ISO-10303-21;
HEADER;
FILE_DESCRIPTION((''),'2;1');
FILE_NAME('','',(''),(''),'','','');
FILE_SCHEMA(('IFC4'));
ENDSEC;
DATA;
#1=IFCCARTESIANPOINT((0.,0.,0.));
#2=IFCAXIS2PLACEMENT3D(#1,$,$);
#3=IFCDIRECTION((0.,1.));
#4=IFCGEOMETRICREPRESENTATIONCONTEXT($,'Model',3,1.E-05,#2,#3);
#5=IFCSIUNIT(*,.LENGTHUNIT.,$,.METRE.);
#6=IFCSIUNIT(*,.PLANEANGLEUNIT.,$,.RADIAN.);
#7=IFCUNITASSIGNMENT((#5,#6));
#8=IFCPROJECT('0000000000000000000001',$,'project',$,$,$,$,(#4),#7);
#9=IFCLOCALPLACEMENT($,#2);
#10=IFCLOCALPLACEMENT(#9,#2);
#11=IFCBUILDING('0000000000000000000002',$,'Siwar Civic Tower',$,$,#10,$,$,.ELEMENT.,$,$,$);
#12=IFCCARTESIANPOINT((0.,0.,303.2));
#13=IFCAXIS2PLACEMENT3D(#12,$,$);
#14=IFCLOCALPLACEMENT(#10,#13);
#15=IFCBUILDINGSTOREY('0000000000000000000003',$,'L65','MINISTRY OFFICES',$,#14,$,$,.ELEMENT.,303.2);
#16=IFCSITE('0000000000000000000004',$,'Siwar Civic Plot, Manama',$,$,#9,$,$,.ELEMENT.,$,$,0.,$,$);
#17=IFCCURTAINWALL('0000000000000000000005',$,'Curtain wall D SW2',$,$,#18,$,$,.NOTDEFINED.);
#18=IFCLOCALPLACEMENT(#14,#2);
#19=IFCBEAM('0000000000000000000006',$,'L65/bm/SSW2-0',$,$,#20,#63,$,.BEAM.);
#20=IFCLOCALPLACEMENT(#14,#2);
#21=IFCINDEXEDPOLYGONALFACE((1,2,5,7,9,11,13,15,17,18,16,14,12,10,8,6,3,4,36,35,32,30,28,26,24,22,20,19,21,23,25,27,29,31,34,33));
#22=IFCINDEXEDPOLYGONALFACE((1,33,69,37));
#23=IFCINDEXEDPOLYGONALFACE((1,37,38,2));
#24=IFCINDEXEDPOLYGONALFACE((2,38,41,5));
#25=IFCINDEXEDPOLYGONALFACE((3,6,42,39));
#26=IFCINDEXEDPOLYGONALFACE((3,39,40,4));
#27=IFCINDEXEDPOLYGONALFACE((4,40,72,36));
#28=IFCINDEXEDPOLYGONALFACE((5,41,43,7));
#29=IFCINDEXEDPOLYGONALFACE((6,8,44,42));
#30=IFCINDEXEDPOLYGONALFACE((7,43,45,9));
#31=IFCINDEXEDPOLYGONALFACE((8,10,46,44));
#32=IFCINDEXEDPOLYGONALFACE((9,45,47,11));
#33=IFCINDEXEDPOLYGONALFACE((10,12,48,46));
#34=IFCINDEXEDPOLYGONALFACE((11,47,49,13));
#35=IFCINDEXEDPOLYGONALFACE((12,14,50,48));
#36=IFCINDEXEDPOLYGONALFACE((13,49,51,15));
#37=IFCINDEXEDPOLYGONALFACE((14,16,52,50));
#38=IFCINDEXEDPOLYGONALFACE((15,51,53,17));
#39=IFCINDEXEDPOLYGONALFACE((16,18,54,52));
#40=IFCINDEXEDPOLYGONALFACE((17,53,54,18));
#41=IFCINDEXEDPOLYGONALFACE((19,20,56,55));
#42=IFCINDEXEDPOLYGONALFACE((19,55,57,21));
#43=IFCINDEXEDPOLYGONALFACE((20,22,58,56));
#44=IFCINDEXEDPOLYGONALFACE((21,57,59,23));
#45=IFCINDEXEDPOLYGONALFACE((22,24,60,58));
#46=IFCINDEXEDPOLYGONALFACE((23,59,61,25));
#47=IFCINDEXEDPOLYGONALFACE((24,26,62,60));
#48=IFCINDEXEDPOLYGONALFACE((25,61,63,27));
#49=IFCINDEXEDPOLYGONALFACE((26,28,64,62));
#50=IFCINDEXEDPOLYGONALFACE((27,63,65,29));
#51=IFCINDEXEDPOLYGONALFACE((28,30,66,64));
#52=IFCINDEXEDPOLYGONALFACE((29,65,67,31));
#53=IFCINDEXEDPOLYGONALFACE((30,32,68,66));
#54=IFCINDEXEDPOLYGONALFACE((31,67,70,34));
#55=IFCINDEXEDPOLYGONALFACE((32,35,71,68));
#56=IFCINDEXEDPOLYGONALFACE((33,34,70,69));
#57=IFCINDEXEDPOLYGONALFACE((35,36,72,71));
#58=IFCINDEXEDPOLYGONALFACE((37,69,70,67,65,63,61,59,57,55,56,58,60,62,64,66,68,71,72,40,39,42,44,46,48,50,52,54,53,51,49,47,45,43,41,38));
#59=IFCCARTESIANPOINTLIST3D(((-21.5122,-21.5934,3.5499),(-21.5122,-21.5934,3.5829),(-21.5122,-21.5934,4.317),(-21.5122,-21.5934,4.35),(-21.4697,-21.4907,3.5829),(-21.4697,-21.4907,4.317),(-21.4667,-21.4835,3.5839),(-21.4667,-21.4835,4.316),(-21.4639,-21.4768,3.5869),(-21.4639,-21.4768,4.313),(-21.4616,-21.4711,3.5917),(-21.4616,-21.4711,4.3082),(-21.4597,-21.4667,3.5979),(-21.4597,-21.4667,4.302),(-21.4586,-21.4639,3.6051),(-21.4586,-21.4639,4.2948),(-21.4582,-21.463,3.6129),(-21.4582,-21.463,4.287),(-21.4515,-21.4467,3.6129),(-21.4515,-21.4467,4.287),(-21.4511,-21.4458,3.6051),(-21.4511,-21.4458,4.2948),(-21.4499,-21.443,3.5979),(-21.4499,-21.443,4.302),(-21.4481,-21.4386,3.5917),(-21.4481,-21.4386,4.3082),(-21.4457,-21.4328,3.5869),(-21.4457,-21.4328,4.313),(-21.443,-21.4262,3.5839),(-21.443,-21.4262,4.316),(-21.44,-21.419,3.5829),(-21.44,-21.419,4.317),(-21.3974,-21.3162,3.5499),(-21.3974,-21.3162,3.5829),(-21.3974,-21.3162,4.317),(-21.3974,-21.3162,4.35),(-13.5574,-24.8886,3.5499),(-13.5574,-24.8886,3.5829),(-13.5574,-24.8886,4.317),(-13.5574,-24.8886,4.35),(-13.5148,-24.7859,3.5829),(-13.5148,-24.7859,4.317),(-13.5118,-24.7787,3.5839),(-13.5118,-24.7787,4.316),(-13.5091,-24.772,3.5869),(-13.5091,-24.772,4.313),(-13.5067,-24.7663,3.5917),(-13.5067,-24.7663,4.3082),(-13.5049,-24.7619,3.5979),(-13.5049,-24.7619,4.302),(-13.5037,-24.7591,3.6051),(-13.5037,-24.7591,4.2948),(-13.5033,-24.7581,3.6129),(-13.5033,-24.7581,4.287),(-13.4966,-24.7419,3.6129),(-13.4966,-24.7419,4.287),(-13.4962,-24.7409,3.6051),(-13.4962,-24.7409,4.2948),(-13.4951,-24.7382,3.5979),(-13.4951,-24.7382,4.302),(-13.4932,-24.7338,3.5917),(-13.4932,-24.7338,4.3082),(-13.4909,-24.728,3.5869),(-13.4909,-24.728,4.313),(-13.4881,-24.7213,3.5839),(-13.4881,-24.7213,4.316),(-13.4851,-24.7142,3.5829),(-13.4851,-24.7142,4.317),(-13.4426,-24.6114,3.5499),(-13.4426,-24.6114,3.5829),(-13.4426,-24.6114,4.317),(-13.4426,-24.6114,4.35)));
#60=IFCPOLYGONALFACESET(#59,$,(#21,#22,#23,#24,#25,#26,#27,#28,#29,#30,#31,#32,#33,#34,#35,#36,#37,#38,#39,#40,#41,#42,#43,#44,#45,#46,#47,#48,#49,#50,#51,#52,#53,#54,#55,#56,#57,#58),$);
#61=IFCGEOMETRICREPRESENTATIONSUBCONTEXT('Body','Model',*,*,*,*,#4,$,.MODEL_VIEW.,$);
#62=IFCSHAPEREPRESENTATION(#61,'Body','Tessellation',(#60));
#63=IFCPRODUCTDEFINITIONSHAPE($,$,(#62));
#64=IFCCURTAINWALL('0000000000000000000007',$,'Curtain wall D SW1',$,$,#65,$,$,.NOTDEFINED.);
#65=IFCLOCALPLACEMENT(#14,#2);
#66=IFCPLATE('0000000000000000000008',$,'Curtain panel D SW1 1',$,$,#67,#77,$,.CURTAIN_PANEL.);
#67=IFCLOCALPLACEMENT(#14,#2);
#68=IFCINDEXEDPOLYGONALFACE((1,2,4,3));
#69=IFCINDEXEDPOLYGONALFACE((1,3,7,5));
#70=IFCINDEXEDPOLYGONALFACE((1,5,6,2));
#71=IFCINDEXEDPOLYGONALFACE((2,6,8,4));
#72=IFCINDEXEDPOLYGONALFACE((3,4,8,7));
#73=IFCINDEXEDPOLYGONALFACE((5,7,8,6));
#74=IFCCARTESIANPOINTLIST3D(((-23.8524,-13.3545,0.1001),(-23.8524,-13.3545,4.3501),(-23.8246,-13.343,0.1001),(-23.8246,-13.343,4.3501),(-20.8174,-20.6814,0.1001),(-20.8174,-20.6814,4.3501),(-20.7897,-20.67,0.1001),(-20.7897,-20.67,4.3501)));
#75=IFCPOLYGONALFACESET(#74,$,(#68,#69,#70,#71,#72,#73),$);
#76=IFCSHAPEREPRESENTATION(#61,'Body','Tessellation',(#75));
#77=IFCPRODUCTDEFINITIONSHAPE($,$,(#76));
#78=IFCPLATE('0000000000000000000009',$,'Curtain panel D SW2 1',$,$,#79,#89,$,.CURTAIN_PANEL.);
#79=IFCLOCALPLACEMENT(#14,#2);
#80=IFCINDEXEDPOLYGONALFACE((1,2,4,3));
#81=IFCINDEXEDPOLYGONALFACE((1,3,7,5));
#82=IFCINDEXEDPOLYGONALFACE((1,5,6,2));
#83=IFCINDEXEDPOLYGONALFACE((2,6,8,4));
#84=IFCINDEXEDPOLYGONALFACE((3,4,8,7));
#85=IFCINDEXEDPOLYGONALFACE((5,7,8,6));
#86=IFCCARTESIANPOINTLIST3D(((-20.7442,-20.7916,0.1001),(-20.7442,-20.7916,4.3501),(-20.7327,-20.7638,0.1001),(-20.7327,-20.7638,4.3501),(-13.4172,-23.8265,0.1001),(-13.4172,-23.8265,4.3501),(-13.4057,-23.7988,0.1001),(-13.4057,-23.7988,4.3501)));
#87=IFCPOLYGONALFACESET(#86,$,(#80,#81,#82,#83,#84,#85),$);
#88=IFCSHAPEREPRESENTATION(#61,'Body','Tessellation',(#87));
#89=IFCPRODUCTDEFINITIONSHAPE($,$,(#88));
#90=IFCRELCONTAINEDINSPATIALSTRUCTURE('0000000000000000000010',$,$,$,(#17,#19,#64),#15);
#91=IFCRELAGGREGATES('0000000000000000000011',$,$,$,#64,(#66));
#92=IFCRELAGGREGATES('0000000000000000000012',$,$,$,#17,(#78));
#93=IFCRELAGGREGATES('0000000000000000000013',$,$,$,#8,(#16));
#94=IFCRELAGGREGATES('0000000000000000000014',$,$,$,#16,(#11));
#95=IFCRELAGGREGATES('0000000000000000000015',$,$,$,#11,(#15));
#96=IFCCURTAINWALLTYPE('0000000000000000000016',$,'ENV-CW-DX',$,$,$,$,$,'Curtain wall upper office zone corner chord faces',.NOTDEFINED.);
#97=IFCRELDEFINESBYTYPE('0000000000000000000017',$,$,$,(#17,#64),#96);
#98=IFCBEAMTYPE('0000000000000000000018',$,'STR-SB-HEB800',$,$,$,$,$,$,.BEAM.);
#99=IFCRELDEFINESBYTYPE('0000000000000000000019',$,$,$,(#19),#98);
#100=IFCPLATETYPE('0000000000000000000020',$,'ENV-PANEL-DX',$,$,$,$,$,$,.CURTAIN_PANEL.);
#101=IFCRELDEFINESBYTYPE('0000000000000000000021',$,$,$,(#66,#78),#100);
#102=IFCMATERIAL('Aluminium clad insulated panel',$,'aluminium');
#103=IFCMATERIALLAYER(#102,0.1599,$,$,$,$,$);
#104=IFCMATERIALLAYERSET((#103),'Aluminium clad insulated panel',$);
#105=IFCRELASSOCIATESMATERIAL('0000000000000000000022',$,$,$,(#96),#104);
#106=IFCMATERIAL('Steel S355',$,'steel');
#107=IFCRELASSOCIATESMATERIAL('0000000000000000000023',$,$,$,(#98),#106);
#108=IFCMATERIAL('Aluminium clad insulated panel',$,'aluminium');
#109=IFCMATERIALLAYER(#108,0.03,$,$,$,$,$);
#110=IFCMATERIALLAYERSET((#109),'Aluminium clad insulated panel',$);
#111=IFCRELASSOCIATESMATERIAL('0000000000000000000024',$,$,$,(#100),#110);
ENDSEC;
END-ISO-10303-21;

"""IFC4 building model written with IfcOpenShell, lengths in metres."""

from ifc_helpers import new_model, si_unit, direction, frame, origin, origin_2d, place, context, subcontext, project, spatial, rectangle, i_section, extrude, material, layer, layer_set, material_profile, profile_set, type_object, element, aggregate, save


model = new_model("IFC4")

# Units and contexts
model_context = context("Model", 3, precision=1e-05, world=origin(), true_north=direction((0.0, 1.0)))
body_context = subcontext(model_context, "Body", "Model", "MODEL_VIEW")
ifc_project = project(units=[si_unit("LENGTHUNIT", "METRE"), si_unit("PLANEANGLEUNIT", "RADIAN")], contexts=[model_context])

# Site, building, storey
site_placement = place(None, origin())
site = spatial("IfcSite", under=ifc_project, at=site_placement, Name="Siwar Civic Plot, Manama", CompositionType="ELEMENT", RefElevation=0.0)
building_placement = place(site_placement, origin())
building = spatial("IfcBuilding", under=site, at=building_placement, Name="Siwar Civic Tower", CompositionType="ELEMENT")
storey_placement = place(building_placement, frame((0.0, 0.0, 303.2)))
storey = spatial("IfcBuildingStorey", under=building, at=storey_placement, Name="L65", Description="MINISTRY OFFICES", CompositionType="ELEMENT", Elevation=303.2)

# Curtain wall
ifc_material_1 = material(Name="Aluminium clad insulated panel", Category="aluminium")
ifc_layer_1 = layer(ifc_material_1, 0.1599)
ifc_layer_set_1 = layer_set([ifc_layer_1], Name="Aluminium clad insulated panel")
curtain_wall_type = type_object("IfcCurtainWallType", Name="ENV-CW-DX", ElementType="Curtain wall upper office zone corner chord faces", PredefinedType="NOTDEFINED", material=ifc_layer_set_1)
curtain_wall_1_placement = place(storey_placement, origin())
curtain_wall_1 = element("IfcCurtainWall", 1, at=curtain_wall_1_placement, inside=storey, type_object=curtain_wall_type, Name="Curtain wall D SW2", PredefinedType="NOTDEFINED")

# Beam
ifc_material_2 = material(Name="Steel S355", Category="steel")
ifc_material_profile_1 = material_profile(ifc_material_2, i_section(OverallWidth=0.3, OverallDepth=0.8, WebThickness=0.0176, FlangeThickness=0.033, FilletRadius=0.03, at=origin_2d()), Name="HEB800")
ifc_profile_set_1 = profile_set([ifc_material_profile_1], Name="Steel S355")
beam_type_1 = type_object("IfcBeamType", Name="STR-SB-HEB800", PredefinedType="BEAM", material=ifc_profile_set_1)
beam_1_placement = place(storey_placement, frame((-21.4548, -21.4548, 3.95), z_axis=(0.923873, -0.3827, 0.0), x_axis=(0.3827, 0.923873, 0.0)))
element("IfcBeam", 2, at=beam_1_placement, inside=storey, type_object=beam_type_1, Name="L65/bm/SSW2-0", PredefinedType="BEAM", context=body_context, shape_type="SweptSolid", body=[
    extrude(i_section(OverallWidth=0.3, OverallDepth=0.8, WebThickness=0.0176, FlangeThickness=0.033, FilletRadius=0.03, at=origin_2d()), origin(), (0.0, 0.0, 1.0), 8.6104),
])

# Curtain wall, plate
curtain_wall_2_placement = place(storey_placement, origin())
curtain_wall_2 = element("IfcCurtainWall", 3, at=curtain_wall_2_placement, inside=storey, type_object=curtain_wall_type, Name="Curtain wall D SW1", PredefinedType="NOTDEFINED")
ifc_material_3 = material(Name="Aluminium clad insulated panel", Category="aluminium")
ifc_layer_2 = layer(ifc_material_3, 0.03)
ifc_layer_set_2 = layer_set([ifc_layer_2], Name="Aluminium clad insulated panel")
plate_type = type_object("IfcPlateType", Name="ENV-PANEL-DX", PredefinedType="CURTAIN_PANEL", material=ifc_layer_set_2)
plate_1_placement = place(storey_placement, frame((-22.321, -17.0122, 0.1001), z_axis=(0.0, 0.0, 1.0), x_axis=(0.382683, -0.92388, 0.0)))
plate_1 = element("IfcPlate", 4, at=plate_1_placement, type_object=plate_type, Name="Curtain panel D SW1 1", PredefinedType="CURTAIN_PANEL", context=body_context, shape_type="SweptSolid", body=[
    extrude(rectangle(XDim=7.9307, YDim=0.03, at=origin_2d()), origin(), (0.0, 0.0, 1.0), 4.25),
])
aggregate(curtain_wall_2, [plate_1])

# Plate
plate_2_placement = place(storey_placement, frame((-17.075, -22.2952, 0.1001), z_axis=(0.0, 0.0, 1.0), x_axis=(0.92388, -0.382683, 0.0)))
plate_2 = element("IfcPlate", 5, at=plate_2_placement, type_object=plate_type, Name="Curtain panel D SW2 1", PredefinedType="CURTAIN_PANEL", context=body_context, shape_type="SweptSolid", body=[
    extrude(rectangle(XDim=7.9307, YDim=0.03, at=origin_2d()), origin(), (0.0, 0.0, 1.0), 4.25),
])
aggregate(curtain_wall_1, [plate_2])

save(model, "model.ifc")
